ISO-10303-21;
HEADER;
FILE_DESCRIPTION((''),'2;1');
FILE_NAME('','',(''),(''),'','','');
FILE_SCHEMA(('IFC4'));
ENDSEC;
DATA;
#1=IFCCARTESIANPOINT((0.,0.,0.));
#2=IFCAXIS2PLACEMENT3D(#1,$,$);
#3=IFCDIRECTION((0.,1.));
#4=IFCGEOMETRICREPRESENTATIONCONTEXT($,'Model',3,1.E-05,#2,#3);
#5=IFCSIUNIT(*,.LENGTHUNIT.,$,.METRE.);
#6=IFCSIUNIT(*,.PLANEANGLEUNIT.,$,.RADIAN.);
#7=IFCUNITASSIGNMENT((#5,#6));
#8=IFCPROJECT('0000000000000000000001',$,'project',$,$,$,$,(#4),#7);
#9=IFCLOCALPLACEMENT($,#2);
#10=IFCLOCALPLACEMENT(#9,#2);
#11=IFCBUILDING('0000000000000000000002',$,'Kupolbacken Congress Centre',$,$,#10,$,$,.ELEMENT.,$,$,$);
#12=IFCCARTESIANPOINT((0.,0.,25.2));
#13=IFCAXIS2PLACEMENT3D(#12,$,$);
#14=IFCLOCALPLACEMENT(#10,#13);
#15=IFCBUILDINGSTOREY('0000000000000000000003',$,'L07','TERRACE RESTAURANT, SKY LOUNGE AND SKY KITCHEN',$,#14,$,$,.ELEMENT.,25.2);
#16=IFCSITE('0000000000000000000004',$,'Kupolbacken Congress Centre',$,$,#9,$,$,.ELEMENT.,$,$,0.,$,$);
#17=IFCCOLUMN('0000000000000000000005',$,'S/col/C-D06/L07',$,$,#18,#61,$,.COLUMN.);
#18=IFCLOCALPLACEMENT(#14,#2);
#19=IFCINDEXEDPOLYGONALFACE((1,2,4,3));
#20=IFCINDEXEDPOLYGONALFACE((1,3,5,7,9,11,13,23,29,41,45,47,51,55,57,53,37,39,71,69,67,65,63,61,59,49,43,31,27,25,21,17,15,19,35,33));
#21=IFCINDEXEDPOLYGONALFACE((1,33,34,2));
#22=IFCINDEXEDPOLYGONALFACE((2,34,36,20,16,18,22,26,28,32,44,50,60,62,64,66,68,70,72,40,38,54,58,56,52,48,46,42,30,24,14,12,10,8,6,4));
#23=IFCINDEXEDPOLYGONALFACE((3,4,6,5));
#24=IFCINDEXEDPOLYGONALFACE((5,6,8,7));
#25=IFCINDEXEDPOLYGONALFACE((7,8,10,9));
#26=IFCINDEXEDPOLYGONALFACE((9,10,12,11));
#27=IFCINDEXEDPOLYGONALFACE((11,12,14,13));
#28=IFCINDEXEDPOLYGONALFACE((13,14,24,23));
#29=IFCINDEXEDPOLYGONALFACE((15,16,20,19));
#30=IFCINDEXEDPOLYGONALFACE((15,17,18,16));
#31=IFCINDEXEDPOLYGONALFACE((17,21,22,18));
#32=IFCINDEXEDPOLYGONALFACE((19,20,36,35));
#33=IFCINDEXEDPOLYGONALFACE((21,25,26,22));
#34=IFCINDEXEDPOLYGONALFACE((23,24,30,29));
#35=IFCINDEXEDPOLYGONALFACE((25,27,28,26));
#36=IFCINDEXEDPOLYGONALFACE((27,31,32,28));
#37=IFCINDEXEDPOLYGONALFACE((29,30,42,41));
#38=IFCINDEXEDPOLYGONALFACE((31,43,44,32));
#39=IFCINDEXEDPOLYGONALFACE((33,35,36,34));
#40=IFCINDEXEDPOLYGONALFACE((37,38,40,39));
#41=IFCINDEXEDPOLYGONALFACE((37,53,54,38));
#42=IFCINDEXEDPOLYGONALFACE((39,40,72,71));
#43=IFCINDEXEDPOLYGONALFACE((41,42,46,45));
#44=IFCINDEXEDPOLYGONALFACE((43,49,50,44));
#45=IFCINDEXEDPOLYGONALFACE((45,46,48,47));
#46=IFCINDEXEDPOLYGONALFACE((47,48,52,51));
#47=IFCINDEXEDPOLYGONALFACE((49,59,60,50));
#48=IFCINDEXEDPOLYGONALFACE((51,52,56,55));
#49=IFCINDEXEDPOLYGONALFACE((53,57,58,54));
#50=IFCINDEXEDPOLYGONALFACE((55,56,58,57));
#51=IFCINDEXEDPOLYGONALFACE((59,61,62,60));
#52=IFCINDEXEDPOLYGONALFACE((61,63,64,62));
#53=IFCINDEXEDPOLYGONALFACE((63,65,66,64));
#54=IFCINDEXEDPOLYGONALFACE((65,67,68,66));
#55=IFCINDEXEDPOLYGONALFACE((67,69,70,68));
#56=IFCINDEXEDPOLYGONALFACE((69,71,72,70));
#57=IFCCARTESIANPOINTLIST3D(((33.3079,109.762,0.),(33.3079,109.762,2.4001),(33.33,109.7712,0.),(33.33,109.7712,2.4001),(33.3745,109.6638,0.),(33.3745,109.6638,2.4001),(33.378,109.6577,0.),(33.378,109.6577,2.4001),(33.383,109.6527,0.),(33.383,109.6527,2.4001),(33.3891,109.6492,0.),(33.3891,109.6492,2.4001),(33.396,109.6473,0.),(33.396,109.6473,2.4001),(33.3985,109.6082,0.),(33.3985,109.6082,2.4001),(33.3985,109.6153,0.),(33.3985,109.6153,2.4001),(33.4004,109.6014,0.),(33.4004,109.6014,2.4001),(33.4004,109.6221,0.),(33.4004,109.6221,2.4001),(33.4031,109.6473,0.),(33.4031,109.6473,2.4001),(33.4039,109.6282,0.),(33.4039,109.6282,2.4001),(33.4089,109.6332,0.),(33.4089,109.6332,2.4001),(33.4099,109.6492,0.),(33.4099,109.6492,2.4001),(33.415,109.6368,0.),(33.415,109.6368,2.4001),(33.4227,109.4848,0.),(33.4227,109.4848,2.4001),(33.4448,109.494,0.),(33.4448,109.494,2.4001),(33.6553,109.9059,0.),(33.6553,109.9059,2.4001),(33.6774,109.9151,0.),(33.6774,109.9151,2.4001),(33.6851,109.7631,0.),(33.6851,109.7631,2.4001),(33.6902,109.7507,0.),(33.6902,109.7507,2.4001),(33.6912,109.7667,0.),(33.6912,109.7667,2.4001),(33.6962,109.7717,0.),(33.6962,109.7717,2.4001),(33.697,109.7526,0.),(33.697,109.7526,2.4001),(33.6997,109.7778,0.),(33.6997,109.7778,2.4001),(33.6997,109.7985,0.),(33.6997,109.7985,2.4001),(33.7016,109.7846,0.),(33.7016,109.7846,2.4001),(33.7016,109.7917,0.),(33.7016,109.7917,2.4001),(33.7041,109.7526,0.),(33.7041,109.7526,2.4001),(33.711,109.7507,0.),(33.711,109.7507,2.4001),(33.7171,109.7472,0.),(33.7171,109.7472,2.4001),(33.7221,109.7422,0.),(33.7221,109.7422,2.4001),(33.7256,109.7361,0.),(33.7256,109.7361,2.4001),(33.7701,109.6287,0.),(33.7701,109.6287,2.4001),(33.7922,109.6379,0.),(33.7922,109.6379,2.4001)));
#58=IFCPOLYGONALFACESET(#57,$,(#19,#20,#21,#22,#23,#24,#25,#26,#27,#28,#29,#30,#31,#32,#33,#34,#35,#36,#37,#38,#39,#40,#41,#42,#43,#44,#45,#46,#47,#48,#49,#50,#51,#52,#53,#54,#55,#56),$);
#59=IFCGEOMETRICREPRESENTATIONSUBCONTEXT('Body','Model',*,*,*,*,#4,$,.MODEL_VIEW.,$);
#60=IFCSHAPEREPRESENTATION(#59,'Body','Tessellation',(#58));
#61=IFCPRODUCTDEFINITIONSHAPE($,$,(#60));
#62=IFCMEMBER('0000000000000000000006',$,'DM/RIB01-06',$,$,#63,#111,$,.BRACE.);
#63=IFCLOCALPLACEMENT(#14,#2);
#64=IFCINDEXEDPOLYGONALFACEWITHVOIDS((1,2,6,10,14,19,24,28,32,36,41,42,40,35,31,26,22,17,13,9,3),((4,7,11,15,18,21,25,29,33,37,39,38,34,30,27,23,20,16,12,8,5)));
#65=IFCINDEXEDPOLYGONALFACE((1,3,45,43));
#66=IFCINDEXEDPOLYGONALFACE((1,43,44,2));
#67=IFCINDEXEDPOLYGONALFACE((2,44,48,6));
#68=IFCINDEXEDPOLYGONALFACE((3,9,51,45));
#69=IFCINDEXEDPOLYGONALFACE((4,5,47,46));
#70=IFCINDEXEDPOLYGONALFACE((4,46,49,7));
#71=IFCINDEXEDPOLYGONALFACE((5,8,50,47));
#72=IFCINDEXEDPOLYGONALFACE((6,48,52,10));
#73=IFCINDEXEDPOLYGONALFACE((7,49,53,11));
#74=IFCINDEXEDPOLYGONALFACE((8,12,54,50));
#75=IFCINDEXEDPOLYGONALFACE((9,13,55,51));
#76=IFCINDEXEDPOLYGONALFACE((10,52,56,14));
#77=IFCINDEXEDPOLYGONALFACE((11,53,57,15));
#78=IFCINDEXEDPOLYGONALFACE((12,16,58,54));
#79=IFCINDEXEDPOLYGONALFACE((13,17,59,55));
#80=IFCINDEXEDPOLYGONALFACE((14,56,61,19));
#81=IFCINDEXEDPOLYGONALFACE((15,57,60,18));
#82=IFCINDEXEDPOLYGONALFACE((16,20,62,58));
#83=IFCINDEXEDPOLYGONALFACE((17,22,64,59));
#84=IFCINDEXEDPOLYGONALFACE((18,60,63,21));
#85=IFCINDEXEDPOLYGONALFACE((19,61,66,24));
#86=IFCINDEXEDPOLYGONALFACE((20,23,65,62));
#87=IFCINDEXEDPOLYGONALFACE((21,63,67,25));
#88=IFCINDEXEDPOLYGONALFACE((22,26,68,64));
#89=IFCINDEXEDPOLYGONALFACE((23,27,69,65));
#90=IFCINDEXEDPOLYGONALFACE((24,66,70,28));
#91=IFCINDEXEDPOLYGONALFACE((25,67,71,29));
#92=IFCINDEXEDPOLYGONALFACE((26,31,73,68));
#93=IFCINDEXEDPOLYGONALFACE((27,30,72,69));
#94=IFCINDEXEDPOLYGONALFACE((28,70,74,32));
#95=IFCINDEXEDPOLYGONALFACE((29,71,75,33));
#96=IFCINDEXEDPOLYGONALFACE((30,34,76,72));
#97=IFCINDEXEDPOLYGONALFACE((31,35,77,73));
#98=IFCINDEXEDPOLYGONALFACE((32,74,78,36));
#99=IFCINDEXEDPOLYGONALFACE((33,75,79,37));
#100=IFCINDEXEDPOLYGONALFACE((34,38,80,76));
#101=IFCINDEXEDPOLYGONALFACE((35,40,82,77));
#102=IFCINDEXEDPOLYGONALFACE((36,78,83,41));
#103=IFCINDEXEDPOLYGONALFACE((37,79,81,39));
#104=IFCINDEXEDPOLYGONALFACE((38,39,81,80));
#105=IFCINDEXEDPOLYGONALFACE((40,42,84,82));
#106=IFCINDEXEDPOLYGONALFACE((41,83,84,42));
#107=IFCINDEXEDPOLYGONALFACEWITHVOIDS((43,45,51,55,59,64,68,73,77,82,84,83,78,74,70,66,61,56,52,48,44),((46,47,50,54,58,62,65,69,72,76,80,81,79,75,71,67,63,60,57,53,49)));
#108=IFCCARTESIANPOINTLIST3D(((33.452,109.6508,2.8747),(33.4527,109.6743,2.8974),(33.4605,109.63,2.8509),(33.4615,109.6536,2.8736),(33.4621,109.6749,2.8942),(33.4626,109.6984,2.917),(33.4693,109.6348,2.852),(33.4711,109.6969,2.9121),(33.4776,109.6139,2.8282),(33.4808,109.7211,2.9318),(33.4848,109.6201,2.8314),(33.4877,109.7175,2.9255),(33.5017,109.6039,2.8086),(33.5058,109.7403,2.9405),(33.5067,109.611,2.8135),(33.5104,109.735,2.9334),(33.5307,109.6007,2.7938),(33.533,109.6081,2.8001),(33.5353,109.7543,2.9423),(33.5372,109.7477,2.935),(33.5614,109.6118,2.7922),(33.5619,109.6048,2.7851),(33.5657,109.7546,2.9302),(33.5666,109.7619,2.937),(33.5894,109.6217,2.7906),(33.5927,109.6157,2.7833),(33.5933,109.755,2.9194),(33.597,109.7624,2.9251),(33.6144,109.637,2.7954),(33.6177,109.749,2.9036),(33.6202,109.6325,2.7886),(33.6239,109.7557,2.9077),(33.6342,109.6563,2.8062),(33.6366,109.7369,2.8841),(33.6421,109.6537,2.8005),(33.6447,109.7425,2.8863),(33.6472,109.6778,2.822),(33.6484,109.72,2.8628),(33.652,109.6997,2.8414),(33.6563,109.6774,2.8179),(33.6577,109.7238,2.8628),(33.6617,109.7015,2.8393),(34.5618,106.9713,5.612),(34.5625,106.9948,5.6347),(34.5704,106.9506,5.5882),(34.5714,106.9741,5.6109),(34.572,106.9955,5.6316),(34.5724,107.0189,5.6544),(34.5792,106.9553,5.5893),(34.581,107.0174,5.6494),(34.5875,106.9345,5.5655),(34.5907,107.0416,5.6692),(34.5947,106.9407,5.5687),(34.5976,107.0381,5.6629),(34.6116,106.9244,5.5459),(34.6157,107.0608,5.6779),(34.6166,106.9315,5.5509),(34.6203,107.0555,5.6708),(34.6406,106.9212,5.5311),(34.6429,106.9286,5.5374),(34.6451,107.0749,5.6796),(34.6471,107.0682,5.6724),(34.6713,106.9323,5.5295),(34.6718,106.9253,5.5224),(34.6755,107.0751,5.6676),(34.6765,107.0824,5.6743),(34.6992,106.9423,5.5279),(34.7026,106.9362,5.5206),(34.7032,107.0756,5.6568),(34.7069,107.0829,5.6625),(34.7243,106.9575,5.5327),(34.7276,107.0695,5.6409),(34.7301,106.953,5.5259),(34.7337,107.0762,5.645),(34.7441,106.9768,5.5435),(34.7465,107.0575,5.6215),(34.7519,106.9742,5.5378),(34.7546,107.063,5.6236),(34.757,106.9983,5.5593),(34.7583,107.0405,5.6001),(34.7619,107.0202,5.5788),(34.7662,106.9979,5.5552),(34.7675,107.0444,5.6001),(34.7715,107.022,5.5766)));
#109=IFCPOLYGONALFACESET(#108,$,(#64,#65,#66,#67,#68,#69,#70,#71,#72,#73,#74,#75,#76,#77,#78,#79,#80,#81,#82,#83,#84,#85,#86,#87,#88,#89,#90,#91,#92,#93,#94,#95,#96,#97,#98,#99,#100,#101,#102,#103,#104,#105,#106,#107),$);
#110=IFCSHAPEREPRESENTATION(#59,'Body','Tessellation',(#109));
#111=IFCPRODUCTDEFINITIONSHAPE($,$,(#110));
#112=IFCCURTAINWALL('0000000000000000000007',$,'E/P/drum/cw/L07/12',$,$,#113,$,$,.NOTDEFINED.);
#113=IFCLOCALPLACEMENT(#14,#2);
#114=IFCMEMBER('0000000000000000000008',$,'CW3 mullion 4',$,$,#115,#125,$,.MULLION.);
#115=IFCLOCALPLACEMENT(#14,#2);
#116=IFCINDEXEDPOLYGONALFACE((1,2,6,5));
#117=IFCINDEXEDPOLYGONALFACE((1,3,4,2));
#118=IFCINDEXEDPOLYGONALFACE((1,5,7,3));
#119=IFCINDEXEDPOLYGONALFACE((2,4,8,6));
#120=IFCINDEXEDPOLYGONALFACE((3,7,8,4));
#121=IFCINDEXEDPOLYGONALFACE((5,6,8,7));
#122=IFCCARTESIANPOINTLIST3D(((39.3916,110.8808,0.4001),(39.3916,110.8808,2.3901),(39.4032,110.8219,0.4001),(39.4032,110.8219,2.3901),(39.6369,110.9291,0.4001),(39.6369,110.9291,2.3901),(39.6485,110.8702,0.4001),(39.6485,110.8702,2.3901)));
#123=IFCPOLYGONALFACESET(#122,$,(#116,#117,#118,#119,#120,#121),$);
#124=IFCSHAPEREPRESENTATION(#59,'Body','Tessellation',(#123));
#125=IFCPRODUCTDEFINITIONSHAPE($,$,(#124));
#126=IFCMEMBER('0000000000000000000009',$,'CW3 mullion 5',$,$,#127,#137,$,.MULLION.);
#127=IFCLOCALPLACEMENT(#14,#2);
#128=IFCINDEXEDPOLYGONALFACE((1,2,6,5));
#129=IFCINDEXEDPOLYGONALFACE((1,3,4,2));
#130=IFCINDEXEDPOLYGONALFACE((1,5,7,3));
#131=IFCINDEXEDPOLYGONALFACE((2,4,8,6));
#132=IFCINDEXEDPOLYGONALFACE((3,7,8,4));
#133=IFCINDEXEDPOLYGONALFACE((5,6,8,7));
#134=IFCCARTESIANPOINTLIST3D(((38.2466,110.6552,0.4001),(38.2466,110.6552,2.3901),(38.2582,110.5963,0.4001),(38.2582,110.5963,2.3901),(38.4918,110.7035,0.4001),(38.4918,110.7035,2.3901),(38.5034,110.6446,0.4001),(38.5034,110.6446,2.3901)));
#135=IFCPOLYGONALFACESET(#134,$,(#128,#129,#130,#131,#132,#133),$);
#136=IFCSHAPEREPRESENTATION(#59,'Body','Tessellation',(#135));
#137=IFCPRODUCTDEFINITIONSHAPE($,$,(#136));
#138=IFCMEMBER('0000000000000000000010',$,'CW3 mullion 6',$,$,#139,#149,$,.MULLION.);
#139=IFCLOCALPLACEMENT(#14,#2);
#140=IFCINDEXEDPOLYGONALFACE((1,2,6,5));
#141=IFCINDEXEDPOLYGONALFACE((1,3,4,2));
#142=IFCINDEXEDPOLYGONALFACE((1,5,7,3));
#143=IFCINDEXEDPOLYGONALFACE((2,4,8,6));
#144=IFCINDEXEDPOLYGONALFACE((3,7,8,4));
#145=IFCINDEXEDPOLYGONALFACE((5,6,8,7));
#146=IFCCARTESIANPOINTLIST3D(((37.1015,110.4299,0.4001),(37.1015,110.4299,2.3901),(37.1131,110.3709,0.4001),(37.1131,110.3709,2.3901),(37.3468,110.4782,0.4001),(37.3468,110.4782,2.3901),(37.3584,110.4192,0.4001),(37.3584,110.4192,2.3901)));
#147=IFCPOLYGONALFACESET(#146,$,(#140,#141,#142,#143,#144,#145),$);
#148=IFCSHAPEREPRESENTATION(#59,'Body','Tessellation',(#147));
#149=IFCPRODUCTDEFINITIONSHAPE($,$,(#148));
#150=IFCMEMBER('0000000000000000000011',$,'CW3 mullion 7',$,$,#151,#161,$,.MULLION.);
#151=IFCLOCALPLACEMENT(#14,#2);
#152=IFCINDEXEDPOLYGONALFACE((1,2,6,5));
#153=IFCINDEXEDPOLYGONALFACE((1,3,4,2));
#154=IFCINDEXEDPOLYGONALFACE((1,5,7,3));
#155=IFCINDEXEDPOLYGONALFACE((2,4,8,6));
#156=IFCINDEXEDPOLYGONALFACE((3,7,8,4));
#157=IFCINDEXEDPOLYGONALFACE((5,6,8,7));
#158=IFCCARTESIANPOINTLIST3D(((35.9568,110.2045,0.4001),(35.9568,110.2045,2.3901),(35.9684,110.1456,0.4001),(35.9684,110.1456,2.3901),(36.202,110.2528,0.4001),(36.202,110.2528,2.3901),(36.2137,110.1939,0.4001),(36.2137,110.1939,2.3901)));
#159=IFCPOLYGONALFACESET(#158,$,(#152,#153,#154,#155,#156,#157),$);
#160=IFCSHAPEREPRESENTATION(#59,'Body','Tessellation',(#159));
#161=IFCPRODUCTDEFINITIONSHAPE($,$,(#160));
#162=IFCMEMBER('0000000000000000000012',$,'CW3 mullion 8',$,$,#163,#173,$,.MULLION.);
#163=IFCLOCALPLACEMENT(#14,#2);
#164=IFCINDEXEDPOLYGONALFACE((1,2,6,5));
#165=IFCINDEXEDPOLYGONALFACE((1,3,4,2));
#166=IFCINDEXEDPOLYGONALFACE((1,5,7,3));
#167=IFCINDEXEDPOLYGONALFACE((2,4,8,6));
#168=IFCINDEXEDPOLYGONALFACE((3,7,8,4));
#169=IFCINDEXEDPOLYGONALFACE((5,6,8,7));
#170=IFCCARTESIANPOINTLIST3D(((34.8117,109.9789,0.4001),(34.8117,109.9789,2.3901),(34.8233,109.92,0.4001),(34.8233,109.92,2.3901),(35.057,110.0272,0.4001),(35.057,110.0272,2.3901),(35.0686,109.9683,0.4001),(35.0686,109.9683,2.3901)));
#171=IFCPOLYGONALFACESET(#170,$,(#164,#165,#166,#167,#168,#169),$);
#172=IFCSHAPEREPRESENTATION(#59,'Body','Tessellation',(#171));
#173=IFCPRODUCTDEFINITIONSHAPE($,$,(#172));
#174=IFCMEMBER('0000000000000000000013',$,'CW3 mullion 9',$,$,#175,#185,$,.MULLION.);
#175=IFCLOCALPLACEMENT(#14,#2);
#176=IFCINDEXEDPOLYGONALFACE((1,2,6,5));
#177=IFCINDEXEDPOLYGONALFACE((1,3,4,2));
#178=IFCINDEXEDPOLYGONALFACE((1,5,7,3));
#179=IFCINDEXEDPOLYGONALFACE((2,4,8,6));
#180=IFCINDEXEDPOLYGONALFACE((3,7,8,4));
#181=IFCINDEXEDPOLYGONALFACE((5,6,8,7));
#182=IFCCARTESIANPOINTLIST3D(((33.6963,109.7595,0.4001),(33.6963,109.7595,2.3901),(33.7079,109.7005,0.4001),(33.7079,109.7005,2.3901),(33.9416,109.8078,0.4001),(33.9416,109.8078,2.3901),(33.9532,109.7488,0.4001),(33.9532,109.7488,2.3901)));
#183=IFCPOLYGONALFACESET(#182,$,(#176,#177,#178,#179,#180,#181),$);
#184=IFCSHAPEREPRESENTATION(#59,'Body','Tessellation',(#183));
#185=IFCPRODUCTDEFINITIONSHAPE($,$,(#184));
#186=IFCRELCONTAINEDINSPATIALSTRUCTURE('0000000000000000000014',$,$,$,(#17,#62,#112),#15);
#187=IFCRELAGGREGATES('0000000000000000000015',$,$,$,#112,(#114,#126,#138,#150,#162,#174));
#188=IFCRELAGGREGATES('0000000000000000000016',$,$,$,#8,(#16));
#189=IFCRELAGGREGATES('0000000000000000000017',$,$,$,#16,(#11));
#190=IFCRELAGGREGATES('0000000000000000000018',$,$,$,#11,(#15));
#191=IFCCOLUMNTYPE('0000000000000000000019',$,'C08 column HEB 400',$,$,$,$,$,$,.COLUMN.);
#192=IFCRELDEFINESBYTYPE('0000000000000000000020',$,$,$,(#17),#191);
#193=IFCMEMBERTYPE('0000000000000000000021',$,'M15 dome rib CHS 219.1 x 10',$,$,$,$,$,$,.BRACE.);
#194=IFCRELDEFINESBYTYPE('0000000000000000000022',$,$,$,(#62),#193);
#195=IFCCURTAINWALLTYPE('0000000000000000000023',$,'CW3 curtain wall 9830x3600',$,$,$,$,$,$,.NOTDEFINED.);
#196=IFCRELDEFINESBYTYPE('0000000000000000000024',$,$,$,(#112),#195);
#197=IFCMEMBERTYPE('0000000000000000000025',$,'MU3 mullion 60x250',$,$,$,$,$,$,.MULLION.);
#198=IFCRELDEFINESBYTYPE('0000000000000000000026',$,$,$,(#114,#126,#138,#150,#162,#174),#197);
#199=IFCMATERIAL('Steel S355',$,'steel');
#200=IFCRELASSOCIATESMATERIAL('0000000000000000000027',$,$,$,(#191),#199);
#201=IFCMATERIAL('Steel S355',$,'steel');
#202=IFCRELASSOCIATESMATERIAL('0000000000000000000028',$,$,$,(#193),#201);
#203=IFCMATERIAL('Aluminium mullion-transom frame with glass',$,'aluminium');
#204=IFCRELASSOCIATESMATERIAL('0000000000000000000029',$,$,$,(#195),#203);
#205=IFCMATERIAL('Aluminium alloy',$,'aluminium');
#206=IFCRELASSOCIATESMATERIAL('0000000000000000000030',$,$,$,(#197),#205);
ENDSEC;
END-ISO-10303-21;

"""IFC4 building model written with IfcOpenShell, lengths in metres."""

from ifc_helpers import new_model, si_unit, direction, frame, origin, origin_2d, place, context, subcontext, project, spatial, rectangle, hollow_circle, i_section, extrude, material, material_profile, profile_set, type_object, element, aggregate, save


model = new_model("IFC4")

# Units and contexts
model_context = context("Model", 3, precision=1e-05, world=origin(), true_north=direction((0.0, 1.0)))
body_context = subcontext(model_context, "Body", "Model", "MODEL_VIEW")
ifc_project = project(units=[si_unit("LENGTHUNIT", "METRE"), si_unit("PLANEANGLEUNIT", "RADIAN")], contexts=[model_context])

# Site, building, storey
site_placement = place(None, origin())
site = spatial("IfcSite", under=ifc_project, at=site_placement, Name="Kupolbacken Congress Centre", CompositionType="ELEMENT", RefElevation=0.0)
building_placement = place(site_placement, origin())
building = spatial("IfcBuilding", under=site, at=building_placement, Name="Kupolbacken Congress Centre", CompositionType="ELEMENT")
storey_placement = place(building_placement, frame((0.0, 0.0, 25.2)))
storey = spatial("IfcBuildingStorey", under=building, at=storey_placement, Name="L07", Description="TERRACE RESTAURANT, SKY LOUNGE AND SKY KITCHEN", CompositionType="ELEMENT", Elevation=25.2)

# Column
ifc_material_1 = material(Name="Steel S355", Category="steel")
ifc_material_profile_1 = material_profile(ifc_material_1, i_section(OverallWidth=0.3, OverallDepth=0.3999, WebThickness=0.0134, FlangeThickness=0.0239, FilletRadius=0.0271, at=origin_2d()), Name="HEB 400")
ifc_profile_set_1 = profile_set([ifc_material_profile_1], Name="Steel S355")
column_type = type_object("IfcColumnType", Name="C08 column HEB 400", PredefinedType="COLUMN", material=ifc_profile_set_1)
column_placement = place(storey_placement, frame((33.55, 109.7, 0.0), z_axis=(0.0, 0.0, 1.0), x_axis=(-0.382644, 0.923896, 0.0)))
element("IfcColumn", 1, at=column_placement, inside=storey, type_object=column_type, Name="S/col/C-D06/L07", PredefinedType="COLUMN", context=body_context, shape_type="SweptSolid", body=[
    extrude(i_section(OverallWidth=0.3, OverallDepth=0.3999, WebThickness=0.0134, FlangeThickness=0.0239, FilletRadius=0.0271, at=origin_2d()), origin(), (0.0, 0.0, 1.0), 2.4001),
])

# Member
ifc_material_2 = material(Name="Steel S355", Category="steel")
ifc_material_profile_2 = material_profile(ifc_material_2, hollow_circle(Radius=0.1096, WallThickness=0.01, at=origin_2d()), Name="CHS 219.1 x 10")
ifc_profile_set_2 = profile_set([ifc_material_profile_2], Name="Steel S355")
member_type_1 = type_object("IfcMemberType", Name="M15 dome rib CHS 219.1 x 10", PredefinedType="BRACE", material=ifc_profile_set_2)
member_1_placement = place(storey_placement, frame((33.5564, 109.6819, 2.8628), z_axis=(0.278302, -0.671878, 0.686387), x_axis=(0.923879, 0.382684, 0.0)))
element("IfcMember", 2, at=member_1_placement, inside=storey, type_object=member_type_1, Name="DM/RIB01-06", PredefinedType="BRACE", context=body_context, shape_type="SweptSolid", body=[
    extrude(hollow_circle(Radius=0.1096, WallThickness=0.01, at=origin_2d()), origin(), (0.0, 0.0, 1.0), 3.988),
])

# Curtain wall, members
ifc_material_3 = material(Name="Aluminium mullion-transom frame with glass", Category="aluminium")
curtain_wall_type = type_object("IfcCurtainWallType", Name="CW3 curtain wall 9830x3600", PredefinedType="NOTDEFINED", material=ifc_material_3)
curtain_wall_1_placement = place(storey_placement, origin())
curtain_wall_1 = element("IfcCurtainWall", 3, at=curtain_wall_1_placement, inside=storey, type_object=curtain_wall_type, Name="E/P/drum/cw/L07/12", PredefinedType="NOTDEFINED")
ifc_material_4 = material(Name="Aluminium alloy", Category="aluminium")
ifc_material_profile_3 = material_profile(ifc_material_4, rectangle(XDim=0.0601, YDim=0.25, at=origin_2d()), Name="60 x 250")
ifc_profile_set_3 = profile_set([ifc_material_profile_3], Name="Aluminium alloy")
member_type_2 = type_object("IfcMemberType", Name="MU3 mullion 60x250", PredefinedType="MULLION", material=ifc_profile_set_3)
member_2_placement = place(storey_placement, frame((39.52, 110.8755, 0.4001), z_axis=(0.0, 0.0, 1.0), x_axis=(0.193182, -0.981163, 0.0)))
member_2 = element("IfcMember", 4, at=member_2_placement, type_object=member_type_2, Name="CW3 mullion 4", PredefinedType="MULLION", context=body_context, shape_type="SweptSolid", body=[
    extrude(rectangle(XDim=0.0601, YDim=0.25, at=origin_2d()), origin(), (0.0, 0.0, 1.0), 1.99),
])
member_3_placement = place(storey_placement, frame((38.375, 110.6499, 0.4001), z_axis=(0.0, 0.0, 1.0), x_axis=(0.193182, -0.981163, 0.0)))
member_3 = element("IfcMember", 5, at=member_3_placement, type_object=member_type_2, Name="CW3 mullion 5", PredefinedType="MULLION", context=body_context, shape_type="SweptSolid", body=[
    extrude(rectangle(XDim=0.0601, YDim=0.25, at=origin_2d()), origin(), (0.0, 0.0, 1.0), 1.99),
])
member_4_placement = place(storey_placement, frame((37.23, 110.4246, 0.4001), z_axis=(0.0, 0.0, 1.0), x_axis=(0.193182, -0.981163, 0.0)))
member_4 = element("IfcMember", 6, at=member_4_placement, type_object=member_type_2, Name="CW3 mullion 6", PredefinedType="MULLION", context=body_context, shape_type="SweptSolid", body=[
    extrude(rectangle(XDim=0.0601, YDim=0.25, at=origin_2d()), origin(), (0.0, 0.0, 1.0), 1.99),
])
member_5_placement = place(storey_placement, frame((36.0852, 110.1992, 0.4001), z_axis=(0.0, 0.0, 1.0), x_axis=(0.193182, -0.981163, 0.0)))
member_5 = element("IfcMember", 7, at=member_5_placement, type_object=member_type_2, Name="CW3 mullion 7", PredefinedType="MULLION", context=body_context, shape_type="SweptSolid", body=[
    extrude(rectangle(XDim=0.0601, YDim=0.25, at=origin_2d()), origin(), (0.0, 0.0, 1.0), 1.99),
])
member_6_placement = place(storey_placement, frame((34.9402, 109.9736, 0.4001), z_axis=(0.0, 0.0, 1.0), x_axis=(0.193182, -0.981163, 0.0)))
member_6 = element("IfcMember", 8, at=member_6_placement, type_object=member_type_2, Name="CW3 mullion 8", PredefinedType="MULLION", context=body_context, shape_type="SweptSolid", body=[
    extrude(rectangle(XDim=0.0601, YDim=0.25, at=origin_2d()), origin(), (0.0, 0.0, 1.0), 1.99),
])
member_7_placement = place(storey_placement, frame((33.8247, 109.7542, 0.4001), z_axis=(0.0, 0.0, 1.0), x_axis=(0.193182, -0.981163, 0.0)))
member_7 = element("IfcMember", 9, at=member_7_placement, type_object=member_type_2, Name="CW3 mullion 9", PredefinedType="MULLION", context=body_context, shape_type="SweptSolid", body=[
    extrude(rectangle(XDim=0.0601, YDim=0.25, at=origin_2d()), origin(), (0.0, 0.0, 1.0), 1.99),
])

aggregate(curtain_wall_1, [member_2, member_3, member_4, member_5, member_6, member_7])

save(model, "model.ifc")
